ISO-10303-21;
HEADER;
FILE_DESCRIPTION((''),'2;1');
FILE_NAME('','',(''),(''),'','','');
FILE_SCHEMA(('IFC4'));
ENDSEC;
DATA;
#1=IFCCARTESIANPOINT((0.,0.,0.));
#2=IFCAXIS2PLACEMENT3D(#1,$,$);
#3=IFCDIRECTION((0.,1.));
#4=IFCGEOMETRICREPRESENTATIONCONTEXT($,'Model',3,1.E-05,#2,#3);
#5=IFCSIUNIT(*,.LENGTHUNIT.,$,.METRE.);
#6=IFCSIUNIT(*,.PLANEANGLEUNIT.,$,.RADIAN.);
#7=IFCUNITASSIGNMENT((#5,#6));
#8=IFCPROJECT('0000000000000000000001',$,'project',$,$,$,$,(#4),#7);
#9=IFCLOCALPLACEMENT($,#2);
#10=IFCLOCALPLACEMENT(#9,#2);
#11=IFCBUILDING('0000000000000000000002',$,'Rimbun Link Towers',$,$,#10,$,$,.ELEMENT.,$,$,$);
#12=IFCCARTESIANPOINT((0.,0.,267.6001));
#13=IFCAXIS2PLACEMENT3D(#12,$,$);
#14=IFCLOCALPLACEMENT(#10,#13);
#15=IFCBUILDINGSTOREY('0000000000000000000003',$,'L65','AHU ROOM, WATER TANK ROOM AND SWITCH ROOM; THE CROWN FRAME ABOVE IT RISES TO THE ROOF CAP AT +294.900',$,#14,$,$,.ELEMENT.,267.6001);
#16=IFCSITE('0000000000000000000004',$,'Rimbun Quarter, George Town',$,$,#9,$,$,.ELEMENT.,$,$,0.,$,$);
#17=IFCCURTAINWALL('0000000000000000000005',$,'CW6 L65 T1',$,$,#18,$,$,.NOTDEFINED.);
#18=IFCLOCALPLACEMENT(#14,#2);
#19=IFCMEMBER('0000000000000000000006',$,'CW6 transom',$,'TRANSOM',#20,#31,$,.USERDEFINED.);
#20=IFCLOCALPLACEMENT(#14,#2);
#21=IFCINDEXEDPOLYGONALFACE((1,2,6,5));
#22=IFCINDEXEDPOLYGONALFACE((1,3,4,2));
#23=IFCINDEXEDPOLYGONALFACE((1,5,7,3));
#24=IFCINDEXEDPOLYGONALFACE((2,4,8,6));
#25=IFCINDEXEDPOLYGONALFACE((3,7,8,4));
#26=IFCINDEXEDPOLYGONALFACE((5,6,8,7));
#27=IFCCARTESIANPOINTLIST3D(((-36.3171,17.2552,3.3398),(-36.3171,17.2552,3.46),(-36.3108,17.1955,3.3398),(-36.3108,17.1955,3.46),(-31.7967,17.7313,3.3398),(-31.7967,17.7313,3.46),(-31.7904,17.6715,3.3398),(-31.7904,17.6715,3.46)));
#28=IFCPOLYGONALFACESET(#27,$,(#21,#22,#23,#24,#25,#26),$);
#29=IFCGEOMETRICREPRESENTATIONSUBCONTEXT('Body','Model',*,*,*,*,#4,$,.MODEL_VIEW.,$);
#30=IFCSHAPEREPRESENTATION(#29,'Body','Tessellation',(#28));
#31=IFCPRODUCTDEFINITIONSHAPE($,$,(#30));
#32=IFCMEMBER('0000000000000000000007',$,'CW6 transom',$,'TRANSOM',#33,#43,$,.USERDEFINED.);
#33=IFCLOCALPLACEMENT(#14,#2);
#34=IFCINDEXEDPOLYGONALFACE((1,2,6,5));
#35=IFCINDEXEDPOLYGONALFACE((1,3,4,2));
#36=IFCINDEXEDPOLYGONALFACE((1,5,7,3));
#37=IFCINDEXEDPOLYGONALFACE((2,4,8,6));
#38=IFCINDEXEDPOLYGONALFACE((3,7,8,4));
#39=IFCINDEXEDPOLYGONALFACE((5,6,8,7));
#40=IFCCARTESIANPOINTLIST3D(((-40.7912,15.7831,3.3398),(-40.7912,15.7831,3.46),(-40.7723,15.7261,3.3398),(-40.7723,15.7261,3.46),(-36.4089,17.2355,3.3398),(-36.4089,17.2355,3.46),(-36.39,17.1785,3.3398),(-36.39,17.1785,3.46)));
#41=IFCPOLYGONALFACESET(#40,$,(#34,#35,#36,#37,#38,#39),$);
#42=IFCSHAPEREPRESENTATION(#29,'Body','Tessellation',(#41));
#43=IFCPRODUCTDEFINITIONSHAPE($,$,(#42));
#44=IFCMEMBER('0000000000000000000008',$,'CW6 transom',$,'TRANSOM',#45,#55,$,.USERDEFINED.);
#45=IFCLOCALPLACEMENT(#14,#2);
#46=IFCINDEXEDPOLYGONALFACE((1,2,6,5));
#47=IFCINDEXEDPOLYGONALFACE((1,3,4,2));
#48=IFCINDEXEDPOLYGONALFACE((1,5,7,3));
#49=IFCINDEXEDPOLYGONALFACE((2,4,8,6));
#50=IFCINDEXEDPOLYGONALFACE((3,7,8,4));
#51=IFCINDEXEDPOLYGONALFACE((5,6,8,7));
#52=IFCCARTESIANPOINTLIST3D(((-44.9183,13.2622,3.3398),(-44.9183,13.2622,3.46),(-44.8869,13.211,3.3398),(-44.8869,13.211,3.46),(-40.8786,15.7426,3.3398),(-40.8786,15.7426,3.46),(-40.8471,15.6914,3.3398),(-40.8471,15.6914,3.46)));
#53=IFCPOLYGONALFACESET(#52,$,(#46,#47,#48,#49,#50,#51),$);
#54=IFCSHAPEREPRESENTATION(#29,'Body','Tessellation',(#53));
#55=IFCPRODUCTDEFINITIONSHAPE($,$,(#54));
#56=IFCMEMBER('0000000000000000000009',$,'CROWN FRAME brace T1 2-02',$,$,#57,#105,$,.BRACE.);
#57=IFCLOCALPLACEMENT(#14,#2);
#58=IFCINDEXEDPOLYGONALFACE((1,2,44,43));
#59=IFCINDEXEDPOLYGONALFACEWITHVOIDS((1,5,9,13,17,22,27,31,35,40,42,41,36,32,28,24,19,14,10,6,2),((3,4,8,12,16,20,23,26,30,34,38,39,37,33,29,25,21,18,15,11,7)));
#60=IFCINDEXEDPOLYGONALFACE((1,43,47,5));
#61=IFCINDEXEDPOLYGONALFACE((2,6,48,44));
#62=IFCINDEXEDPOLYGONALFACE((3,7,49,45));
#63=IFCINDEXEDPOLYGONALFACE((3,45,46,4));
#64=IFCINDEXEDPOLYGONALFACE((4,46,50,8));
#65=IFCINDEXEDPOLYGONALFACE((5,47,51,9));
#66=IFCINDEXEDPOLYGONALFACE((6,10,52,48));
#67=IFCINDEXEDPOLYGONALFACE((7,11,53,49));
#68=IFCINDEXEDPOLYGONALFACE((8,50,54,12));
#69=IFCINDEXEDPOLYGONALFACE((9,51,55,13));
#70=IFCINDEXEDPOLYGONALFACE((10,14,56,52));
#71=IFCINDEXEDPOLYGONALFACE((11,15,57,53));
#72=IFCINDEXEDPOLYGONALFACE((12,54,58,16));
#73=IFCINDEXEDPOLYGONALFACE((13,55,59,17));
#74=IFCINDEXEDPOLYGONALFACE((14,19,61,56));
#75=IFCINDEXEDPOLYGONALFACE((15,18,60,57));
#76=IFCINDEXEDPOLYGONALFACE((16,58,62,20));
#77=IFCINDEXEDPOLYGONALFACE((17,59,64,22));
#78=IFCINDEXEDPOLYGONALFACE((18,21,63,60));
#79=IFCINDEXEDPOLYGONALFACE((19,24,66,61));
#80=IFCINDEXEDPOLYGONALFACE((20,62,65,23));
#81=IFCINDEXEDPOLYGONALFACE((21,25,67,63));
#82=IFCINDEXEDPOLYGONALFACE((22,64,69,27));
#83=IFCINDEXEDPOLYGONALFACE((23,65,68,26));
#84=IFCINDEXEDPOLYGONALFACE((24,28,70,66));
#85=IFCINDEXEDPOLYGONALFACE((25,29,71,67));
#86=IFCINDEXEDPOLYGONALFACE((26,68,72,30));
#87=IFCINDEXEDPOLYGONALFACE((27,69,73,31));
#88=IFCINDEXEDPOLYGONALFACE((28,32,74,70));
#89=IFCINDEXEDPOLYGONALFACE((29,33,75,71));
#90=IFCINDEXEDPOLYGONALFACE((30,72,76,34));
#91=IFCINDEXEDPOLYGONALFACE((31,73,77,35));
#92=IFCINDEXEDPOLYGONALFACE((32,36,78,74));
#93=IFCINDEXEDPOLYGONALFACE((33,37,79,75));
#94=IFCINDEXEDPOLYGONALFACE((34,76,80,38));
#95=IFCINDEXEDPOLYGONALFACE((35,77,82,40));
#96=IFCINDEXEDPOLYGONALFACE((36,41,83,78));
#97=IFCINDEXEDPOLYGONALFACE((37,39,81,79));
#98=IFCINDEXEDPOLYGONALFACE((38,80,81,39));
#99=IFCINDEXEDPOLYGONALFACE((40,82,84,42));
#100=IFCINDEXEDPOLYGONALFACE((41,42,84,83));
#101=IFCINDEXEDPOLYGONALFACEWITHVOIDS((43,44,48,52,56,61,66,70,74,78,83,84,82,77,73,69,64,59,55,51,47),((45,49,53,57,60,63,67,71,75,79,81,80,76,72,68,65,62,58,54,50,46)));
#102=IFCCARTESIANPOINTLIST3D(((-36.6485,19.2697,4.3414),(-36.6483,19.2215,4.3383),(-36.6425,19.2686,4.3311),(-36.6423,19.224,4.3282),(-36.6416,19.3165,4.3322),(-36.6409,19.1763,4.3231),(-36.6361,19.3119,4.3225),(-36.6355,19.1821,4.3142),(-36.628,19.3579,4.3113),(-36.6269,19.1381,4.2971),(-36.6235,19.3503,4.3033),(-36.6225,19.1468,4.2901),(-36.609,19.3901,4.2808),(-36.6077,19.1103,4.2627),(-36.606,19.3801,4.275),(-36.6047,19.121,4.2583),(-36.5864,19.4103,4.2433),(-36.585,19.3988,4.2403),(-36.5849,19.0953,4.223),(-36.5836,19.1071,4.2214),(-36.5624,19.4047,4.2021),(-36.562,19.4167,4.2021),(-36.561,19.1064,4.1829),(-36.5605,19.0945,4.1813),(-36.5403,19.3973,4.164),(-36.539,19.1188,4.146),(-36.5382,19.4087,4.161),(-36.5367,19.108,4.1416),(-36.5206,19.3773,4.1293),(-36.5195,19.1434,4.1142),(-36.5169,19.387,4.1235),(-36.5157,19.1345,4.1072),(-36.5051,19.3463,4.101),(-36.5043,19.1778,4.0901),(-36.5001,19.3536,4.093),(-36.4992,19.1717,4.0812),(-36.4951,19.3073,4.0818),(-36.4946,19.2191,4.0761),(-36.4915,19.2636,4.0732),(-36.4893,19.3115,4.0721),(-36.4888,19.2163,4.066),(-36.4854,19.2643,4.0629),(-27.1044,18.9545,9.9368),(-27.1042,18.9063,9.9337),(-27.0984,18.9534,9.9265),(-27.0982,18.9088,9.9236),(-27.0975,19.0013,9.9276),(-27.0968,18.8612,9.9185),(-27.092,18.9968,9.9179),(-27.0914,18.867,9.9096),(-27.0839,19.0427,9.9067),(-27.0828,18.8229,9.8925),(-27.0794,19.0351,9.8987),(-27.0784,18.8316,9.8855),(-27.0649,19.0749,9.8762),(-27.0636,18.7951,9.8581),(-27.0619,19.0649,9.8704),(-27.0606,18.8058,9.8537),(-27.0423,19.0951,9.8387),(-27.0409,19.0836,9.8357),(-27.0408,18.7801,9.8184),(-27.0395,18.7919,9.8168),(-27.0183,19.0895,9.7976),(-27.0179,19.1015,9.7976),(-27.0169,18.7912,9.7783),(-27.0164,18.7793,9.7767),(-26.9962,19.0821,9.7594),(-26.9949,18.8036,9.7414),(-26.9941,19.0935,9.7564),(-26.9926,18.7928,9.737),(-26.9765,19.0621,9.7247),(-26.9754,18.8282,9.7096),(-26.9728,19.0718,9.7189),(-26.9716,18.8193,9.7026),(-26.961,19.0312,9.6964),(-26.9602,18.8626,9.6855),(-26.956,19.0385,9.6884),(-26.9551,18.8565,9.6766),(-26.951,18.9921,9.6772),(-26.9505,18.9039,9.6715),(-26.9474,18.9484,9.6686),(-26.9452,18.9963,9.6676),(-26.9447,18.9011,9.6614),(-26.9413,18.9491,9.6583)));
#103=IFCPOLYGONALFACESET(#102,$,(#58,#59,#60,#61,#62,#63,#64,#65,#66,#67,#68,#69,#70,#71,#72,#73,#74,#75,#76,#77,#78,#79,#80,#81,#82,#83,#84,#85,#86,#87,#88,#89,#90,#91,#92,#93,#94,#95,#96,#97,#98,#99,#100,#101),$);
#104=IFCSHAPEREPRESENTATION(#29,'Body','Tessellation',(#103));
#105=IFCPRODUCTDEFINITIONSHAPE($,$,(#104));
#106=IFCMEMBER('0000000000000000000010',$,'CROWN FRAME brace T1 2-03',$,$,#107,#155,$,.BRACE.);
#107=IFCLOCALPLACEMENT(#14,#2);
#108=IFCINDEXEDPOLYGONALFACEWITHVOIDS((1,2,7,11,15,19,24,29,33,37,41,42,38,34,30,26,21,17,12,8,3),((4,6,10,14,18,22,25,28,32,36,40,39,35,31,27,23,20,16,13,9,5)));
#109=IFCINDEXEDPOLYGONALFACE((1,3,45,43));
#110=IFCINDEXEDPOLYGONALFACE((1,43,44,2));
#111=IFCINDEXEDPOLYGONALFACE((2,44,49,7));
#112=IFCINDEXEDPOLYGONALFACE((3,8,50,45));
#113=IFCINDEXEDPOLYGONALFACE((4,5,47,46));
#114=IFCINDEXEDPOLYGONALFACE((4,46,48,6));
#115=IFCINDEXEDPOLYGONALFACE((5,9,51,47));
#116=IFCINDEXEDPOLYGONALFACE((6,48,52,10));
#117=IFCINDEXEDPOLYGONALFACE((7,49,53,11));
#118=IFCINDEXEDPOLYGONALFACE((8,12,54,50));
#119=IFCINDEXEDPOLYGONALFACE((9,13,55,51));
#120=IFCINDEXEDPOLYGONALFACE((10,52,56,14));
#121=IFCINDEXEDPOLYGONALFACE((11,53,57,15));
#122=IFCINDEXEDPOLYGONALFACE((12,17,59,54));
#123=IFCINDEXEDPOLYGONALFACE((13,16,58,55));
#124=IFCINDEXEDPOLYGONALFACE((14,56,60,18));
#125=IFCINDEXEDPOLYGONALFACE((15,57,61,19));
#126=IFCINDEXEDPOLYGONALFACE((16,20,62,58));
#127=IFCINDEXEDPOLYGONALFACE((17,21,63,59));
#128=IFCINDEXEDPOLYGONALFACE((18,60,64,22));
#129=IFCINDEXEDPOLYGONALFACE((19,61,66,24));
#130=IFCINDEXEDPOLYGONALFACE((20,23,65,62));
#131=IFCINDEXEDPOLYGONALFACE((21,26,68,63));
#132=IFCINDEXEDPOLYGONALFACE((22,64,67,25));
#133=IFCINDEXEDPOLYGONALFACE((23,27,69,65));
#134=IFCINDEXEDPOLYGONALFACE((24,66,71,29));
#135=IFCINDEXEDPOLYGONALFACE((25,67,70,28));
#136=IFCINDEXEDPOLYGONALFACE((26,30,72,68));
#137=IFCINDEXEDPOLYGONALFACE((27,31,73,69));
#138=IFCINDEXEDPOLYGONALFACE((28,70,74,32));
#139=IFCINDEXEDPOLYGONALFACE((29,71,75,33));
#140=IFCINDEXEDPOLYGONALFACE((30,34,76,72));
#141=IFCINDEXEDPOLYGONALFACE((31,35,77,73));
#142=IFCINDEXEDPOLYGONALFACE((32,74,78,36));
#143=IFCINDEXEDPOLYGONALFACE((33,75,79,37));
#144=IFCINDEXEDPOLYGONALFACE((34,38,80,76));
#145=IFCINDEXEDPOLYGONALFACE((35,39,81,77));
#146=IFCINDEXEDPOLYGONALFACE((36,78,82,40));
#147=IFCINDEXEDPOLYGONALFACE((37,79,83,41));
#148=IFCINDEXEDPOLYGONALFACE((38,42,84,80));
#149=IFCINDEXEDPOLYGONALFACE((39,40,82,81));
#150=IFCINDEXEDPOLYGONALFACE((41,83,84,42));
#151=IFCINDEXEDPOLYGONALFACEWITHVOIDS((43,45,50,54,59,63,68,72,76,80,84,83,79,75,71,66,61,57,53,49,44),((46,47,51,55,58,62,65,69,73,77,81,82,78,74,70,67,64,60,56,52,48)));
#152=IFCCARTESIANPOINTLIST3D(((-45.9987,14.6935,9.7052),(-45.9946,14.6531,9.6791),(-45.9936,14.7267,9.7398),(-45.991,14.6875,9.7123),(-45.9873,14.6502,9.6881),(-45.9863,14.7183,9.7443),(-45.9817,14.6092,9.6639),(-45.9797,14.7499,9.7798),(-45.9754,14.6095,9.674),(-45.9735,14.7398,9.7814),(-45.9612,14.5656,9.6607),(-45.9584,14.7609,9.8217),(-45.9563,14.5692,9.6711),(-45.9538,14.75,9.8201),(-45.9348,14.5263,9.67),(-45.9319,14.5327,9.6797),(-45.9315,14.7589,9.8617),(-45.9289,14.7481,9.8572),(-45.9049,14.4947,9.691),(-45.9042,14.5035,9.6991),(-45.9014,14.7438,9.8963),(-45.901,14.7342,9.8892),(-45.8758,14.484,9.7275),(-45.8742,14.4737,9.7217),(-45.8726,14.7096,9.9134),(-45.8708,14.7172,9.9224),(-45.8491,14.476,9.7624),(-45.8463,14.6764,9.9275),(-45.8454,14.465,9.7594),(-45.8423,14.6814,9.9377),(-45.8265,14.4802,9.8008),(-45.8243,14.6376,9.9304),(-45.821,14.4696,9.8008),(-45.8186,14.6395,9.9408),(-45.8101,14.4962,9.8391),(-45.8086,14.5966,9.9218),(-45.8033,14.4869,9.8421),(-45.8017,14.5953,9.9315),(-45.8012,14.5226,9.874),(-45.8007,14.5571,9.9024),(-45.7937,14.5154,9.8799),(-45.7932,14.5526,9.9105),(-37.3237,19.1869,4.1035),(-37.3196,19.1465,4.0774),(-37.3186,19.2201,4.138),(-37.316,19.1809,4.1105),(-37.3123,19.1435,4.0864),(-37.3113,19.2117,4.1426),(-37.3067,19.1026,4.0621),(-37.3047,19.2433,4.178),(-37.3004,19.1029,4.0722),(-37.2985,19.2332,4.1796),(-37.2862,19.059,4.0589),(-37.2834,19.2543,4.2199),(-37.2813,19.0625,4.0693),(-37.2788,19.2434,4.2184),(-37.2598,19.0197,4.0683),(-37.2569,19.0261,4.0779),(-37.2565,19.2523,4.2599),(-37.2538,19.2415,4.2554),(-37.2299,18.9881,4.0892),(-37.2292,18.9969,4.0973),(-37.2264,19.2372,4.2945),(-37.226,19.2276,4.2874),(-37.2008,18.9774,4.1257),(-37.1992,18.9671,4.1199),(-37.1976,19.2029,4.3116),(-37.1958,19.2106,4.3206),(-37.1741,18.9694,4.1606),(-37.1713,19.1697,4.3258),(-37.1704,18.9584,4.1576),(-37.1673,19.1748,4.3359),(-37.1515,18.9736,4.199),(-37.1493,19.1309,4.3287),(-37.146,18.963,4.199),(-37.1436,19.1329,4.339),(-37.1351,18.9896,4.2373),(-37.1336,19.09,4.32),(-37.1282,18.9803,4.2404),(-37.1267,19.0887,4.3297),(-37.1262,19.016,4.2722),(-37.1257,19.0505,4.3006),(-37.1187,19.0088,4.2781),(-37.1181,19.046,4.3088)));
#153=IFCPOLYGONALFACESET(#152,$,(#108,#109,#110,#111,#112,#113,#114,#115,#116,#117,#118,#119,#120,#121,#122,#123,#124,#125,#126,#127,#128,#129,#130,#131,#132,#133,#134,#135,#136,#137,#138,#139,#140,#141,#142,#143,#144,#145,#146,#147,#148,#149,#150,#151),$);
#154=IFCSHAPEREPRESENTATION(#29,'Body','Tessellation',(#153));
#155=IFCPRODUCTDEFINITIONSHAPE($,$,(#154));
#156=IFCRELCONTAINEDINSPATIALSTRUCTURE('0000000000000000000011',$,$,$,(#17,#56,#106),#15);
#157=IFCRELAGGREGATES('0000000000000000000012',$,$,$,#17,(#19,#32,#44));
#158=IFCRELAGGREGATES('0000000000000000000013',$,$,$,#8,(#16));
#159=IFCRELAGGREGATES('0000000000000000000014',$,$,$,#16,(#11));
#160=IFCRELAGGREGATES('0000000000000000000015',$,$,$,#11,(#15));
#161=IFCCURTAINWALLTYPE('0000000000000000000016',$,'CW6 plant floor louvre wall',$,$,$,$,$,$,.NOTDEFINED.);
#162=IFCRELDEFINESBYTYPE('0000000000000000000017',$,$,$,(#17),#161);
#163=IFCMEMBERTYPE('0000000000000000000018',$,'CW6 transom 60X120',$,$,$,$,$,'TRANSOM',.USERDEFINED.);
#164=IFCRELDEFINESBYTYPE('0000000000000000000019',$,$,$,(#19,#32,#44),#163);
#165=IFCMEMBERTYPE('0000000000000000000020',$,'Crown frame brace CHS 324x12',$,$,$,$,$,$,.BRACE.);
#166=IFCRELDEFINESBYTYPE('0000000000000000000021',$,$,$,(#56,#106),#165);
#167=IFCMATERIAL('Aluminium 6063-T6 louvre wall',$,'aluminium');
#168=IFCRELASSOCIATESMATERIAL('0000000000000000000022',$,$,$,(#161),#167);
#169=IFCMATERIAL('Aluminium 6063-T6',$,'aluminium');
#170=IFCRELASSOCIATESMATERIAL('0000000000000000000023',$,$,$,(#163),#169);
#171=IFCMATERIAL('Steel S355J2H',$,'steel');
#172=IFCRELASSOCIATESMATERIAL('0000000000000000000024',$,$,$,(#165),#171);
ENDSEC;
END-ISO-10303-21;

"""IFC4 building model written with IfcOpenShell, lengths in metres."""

from ifc_helpers import new_model, si_unit, direction, frame, origin, origin_2d, place, context, subcontext, project, spatial, rectangle, hollow_circle, extrude, material, material_profile, profile_set, type_object, element, aggregate, save


model = new_model("IFC4")

# Units and contexts
model_context = context("Model", 3, precision=1e-05, world=origin(), true_north=direction((0.0, 1.0)))
body_context = subcontext(model_context, "Body", "Model", "MODEL_VIEW")
ifc_project = project(units=[si_unit("LENGTHUNIT", "METRE"), si_unit("PLANEANGLEUNIT", "RADIAN")], contexts=[model_context])

# Site, building, storey
site_placement = place(None, origin())
site = spatial("IfcSite", under=ifc_project, at=site_placement, Name="Rimbun Quarter, George Town", CompositionType="ELEMENT", RefElevation=0.0)
building_placement = place(site_placement, origin())
building = spatial("IfcBuilding", under=site, at=building_placement, Name="Rimbun Link Towers", CompositionType="ELEMENT")
storey_placement = place(building_placement, frame((0.0, 0.0, 267.6001)))
storey = spatial("IfcBuildingStorey", under=building, at=storey_placement, Name="L65", Description="AHU ROOM, WATER TANK ROOM AND SWITCH ROOM; THE CROWN FRAME ABOVE IT RISES TO THE ROOF CAP AT +294.900", CompositionType="ELEMENT", Elevation=267.6001)

# Curtain wall, members
ifc_material_1 = material(Name="Aluminium 6063-T6 louvre wall", Category="aluminium")
curtain_wall_type = type_object("IfcCurtainWallType", Name="CW6 plant floor louvre wall", PredefinedType="NOTDEFINED", material=ifc_material_1)
curtain_wall_placement = place(storey_placement, origin())
curtain_wall = element("IfcCurtainWall", 1, at=curtain_wall_placement, inside=storey, type_object=curtain_wall_type, Name="CW6 L65 T1", PredefinedType="NOTDEFINED")
ifc_material_2 = material(Name="Aluminium 6063-T6", Category="aluminium")
ifc_material_profile_1 = material_profile(ifc_material_2, rectangle(XDim=0.0601, YDim=0.1201, at=origin_2d()), Name="TRANSOM 60X120")
ifc_profile_set_1 = profile_set([ifc_material_profile_1], Name="Aluminium 6063-T6")
member_type_1 = type_object("IfcMemberType", Name="CW6 transom 60X120", ElementType="TRANSOM", PredefinedType="USERDEFINED", material=ifc_profile_set_1)
member_1_placement = place(storey_placement, frame((-36.314, 17.2253, 3.3999), z_axis=(0.9945, 0.104735, 0.0), x_axis=(-0.104735, 0.9945, 0.0)))
member_1 = element("IfcMember", 2, at=member_1_placement, type_object=member_type_1, Name="CW6 transom", ObjectType="TRANSOM", PredefinedType="USERDEFINED", context=body_context, shape_type="SweptSolid", body=[
    extrude(rectangle(XDim=0.0601, YDim=0.1201, at=origin_2d()), origin(), (0.0, 0.0, 1.0), 4.5454),
])
member_2_placement = place(storey_placement, frame((-40.7817, 15.7546, 3.3999), z_axis=(0.949227, 0.314593, 0.0), x_axis=(-0.314593, 0.949227, 0.0)))
member_2 = element("IfcMember", 3, at=member_2_placement, type_object=member_type_1, Name="CW6 transom", ObjectType="TRANSOM", PredefinedType="USERDEFINED", context=body_context, shape_type="SweptSolid", body=[
    extrude(rectangle(XDim=0.0601, YDim=0.1201, at=origin_2d()), origin(), (0.0, 0.0, 1.0), 4.6167),
])
member_3_placement = place(storey_placement, frame((-44.9026, 13.2366, 3.3999), z_axis=(0.852181, 0.523247, 0.0), x_axis=(-0.523247, 0.852181, 0.0)))
member_3 = element("IfcMember", 4, at=member_3_placement, type_object=member_type_1, Name="CW6 transom", ObjectType="TRANSOM", PredefinedType="USERDEFINED", context=body_context, shape_type="SweptSolid", body=[
    extrude(rectangle(XDim=0.0601, YDim=0.1201, at=origin_2d()), origin(), (0.0, 0.0, 1.0), 4.7405),
])
aggregate(curtain_wall, [member_1, member_2, member_3])

# Members
ifc_material_3 = material(Name="Steel S355J2H", Category="steel")
ifc_material_profile_2 = material_profile(ifc_material_3, hollow_circle(Radius=0.1619, WallThickness=0.012, at=origin_2d()), Name="Crown frame brace CHS 324x12")
ifc_profile_set_2 = profile_set([ifc_material_profile_2], Name="Steel S355J2H")
member_type_2 = type_object("IfcMemberType", Name="Crown frame brace CHS 324x12", PredefinedType="BRACE", material=ifc_profile_set_2)
member_4_placement = place(storey_placement, frame((-36.5674, 19.2549, 4.2021), z_axis=(0.862325, -0.028477, 0.505554), x_axis=(0.033006, 0.999455, 0.0)))
element("IfcMember", 5, at=member_4_placement, inside=storey, type_object=member_type_2, Name="CROWN FRAME brace T1 2-02", PredefinedType="BRACE", context=body_context, shape_type="SweptSolid", body=[
    extrude(hollow_circle(Radius=0.1619, WallThickness=0.012, at=origin_2d()), origin(), (0.0, 0.0, 1.0), 11.0679),
])
member_5_placement = place(storey_placement, frame((-37.2205, 19.1067, 4.199), z_axis=(-0.77031, -0.398997, 0.497418), x_axis=(0.459933, -0.887954, 0.0)))
element("IfcMember", 6, at=member_5_placement, inside=storey, type_object=member_type_2, Name="CROWN FRAME brace T1 2-03", PredefinedType="BRACE", context=body_context, shape_type="SweptSolid", body=[
    extrude(hollow_circle(Radius=0.1619, WallThickness=0.012, at=origin_2d()), origin(), (0.0, 0.0, 1.0), 11.2617),
])

save(model, "model.ifc")
